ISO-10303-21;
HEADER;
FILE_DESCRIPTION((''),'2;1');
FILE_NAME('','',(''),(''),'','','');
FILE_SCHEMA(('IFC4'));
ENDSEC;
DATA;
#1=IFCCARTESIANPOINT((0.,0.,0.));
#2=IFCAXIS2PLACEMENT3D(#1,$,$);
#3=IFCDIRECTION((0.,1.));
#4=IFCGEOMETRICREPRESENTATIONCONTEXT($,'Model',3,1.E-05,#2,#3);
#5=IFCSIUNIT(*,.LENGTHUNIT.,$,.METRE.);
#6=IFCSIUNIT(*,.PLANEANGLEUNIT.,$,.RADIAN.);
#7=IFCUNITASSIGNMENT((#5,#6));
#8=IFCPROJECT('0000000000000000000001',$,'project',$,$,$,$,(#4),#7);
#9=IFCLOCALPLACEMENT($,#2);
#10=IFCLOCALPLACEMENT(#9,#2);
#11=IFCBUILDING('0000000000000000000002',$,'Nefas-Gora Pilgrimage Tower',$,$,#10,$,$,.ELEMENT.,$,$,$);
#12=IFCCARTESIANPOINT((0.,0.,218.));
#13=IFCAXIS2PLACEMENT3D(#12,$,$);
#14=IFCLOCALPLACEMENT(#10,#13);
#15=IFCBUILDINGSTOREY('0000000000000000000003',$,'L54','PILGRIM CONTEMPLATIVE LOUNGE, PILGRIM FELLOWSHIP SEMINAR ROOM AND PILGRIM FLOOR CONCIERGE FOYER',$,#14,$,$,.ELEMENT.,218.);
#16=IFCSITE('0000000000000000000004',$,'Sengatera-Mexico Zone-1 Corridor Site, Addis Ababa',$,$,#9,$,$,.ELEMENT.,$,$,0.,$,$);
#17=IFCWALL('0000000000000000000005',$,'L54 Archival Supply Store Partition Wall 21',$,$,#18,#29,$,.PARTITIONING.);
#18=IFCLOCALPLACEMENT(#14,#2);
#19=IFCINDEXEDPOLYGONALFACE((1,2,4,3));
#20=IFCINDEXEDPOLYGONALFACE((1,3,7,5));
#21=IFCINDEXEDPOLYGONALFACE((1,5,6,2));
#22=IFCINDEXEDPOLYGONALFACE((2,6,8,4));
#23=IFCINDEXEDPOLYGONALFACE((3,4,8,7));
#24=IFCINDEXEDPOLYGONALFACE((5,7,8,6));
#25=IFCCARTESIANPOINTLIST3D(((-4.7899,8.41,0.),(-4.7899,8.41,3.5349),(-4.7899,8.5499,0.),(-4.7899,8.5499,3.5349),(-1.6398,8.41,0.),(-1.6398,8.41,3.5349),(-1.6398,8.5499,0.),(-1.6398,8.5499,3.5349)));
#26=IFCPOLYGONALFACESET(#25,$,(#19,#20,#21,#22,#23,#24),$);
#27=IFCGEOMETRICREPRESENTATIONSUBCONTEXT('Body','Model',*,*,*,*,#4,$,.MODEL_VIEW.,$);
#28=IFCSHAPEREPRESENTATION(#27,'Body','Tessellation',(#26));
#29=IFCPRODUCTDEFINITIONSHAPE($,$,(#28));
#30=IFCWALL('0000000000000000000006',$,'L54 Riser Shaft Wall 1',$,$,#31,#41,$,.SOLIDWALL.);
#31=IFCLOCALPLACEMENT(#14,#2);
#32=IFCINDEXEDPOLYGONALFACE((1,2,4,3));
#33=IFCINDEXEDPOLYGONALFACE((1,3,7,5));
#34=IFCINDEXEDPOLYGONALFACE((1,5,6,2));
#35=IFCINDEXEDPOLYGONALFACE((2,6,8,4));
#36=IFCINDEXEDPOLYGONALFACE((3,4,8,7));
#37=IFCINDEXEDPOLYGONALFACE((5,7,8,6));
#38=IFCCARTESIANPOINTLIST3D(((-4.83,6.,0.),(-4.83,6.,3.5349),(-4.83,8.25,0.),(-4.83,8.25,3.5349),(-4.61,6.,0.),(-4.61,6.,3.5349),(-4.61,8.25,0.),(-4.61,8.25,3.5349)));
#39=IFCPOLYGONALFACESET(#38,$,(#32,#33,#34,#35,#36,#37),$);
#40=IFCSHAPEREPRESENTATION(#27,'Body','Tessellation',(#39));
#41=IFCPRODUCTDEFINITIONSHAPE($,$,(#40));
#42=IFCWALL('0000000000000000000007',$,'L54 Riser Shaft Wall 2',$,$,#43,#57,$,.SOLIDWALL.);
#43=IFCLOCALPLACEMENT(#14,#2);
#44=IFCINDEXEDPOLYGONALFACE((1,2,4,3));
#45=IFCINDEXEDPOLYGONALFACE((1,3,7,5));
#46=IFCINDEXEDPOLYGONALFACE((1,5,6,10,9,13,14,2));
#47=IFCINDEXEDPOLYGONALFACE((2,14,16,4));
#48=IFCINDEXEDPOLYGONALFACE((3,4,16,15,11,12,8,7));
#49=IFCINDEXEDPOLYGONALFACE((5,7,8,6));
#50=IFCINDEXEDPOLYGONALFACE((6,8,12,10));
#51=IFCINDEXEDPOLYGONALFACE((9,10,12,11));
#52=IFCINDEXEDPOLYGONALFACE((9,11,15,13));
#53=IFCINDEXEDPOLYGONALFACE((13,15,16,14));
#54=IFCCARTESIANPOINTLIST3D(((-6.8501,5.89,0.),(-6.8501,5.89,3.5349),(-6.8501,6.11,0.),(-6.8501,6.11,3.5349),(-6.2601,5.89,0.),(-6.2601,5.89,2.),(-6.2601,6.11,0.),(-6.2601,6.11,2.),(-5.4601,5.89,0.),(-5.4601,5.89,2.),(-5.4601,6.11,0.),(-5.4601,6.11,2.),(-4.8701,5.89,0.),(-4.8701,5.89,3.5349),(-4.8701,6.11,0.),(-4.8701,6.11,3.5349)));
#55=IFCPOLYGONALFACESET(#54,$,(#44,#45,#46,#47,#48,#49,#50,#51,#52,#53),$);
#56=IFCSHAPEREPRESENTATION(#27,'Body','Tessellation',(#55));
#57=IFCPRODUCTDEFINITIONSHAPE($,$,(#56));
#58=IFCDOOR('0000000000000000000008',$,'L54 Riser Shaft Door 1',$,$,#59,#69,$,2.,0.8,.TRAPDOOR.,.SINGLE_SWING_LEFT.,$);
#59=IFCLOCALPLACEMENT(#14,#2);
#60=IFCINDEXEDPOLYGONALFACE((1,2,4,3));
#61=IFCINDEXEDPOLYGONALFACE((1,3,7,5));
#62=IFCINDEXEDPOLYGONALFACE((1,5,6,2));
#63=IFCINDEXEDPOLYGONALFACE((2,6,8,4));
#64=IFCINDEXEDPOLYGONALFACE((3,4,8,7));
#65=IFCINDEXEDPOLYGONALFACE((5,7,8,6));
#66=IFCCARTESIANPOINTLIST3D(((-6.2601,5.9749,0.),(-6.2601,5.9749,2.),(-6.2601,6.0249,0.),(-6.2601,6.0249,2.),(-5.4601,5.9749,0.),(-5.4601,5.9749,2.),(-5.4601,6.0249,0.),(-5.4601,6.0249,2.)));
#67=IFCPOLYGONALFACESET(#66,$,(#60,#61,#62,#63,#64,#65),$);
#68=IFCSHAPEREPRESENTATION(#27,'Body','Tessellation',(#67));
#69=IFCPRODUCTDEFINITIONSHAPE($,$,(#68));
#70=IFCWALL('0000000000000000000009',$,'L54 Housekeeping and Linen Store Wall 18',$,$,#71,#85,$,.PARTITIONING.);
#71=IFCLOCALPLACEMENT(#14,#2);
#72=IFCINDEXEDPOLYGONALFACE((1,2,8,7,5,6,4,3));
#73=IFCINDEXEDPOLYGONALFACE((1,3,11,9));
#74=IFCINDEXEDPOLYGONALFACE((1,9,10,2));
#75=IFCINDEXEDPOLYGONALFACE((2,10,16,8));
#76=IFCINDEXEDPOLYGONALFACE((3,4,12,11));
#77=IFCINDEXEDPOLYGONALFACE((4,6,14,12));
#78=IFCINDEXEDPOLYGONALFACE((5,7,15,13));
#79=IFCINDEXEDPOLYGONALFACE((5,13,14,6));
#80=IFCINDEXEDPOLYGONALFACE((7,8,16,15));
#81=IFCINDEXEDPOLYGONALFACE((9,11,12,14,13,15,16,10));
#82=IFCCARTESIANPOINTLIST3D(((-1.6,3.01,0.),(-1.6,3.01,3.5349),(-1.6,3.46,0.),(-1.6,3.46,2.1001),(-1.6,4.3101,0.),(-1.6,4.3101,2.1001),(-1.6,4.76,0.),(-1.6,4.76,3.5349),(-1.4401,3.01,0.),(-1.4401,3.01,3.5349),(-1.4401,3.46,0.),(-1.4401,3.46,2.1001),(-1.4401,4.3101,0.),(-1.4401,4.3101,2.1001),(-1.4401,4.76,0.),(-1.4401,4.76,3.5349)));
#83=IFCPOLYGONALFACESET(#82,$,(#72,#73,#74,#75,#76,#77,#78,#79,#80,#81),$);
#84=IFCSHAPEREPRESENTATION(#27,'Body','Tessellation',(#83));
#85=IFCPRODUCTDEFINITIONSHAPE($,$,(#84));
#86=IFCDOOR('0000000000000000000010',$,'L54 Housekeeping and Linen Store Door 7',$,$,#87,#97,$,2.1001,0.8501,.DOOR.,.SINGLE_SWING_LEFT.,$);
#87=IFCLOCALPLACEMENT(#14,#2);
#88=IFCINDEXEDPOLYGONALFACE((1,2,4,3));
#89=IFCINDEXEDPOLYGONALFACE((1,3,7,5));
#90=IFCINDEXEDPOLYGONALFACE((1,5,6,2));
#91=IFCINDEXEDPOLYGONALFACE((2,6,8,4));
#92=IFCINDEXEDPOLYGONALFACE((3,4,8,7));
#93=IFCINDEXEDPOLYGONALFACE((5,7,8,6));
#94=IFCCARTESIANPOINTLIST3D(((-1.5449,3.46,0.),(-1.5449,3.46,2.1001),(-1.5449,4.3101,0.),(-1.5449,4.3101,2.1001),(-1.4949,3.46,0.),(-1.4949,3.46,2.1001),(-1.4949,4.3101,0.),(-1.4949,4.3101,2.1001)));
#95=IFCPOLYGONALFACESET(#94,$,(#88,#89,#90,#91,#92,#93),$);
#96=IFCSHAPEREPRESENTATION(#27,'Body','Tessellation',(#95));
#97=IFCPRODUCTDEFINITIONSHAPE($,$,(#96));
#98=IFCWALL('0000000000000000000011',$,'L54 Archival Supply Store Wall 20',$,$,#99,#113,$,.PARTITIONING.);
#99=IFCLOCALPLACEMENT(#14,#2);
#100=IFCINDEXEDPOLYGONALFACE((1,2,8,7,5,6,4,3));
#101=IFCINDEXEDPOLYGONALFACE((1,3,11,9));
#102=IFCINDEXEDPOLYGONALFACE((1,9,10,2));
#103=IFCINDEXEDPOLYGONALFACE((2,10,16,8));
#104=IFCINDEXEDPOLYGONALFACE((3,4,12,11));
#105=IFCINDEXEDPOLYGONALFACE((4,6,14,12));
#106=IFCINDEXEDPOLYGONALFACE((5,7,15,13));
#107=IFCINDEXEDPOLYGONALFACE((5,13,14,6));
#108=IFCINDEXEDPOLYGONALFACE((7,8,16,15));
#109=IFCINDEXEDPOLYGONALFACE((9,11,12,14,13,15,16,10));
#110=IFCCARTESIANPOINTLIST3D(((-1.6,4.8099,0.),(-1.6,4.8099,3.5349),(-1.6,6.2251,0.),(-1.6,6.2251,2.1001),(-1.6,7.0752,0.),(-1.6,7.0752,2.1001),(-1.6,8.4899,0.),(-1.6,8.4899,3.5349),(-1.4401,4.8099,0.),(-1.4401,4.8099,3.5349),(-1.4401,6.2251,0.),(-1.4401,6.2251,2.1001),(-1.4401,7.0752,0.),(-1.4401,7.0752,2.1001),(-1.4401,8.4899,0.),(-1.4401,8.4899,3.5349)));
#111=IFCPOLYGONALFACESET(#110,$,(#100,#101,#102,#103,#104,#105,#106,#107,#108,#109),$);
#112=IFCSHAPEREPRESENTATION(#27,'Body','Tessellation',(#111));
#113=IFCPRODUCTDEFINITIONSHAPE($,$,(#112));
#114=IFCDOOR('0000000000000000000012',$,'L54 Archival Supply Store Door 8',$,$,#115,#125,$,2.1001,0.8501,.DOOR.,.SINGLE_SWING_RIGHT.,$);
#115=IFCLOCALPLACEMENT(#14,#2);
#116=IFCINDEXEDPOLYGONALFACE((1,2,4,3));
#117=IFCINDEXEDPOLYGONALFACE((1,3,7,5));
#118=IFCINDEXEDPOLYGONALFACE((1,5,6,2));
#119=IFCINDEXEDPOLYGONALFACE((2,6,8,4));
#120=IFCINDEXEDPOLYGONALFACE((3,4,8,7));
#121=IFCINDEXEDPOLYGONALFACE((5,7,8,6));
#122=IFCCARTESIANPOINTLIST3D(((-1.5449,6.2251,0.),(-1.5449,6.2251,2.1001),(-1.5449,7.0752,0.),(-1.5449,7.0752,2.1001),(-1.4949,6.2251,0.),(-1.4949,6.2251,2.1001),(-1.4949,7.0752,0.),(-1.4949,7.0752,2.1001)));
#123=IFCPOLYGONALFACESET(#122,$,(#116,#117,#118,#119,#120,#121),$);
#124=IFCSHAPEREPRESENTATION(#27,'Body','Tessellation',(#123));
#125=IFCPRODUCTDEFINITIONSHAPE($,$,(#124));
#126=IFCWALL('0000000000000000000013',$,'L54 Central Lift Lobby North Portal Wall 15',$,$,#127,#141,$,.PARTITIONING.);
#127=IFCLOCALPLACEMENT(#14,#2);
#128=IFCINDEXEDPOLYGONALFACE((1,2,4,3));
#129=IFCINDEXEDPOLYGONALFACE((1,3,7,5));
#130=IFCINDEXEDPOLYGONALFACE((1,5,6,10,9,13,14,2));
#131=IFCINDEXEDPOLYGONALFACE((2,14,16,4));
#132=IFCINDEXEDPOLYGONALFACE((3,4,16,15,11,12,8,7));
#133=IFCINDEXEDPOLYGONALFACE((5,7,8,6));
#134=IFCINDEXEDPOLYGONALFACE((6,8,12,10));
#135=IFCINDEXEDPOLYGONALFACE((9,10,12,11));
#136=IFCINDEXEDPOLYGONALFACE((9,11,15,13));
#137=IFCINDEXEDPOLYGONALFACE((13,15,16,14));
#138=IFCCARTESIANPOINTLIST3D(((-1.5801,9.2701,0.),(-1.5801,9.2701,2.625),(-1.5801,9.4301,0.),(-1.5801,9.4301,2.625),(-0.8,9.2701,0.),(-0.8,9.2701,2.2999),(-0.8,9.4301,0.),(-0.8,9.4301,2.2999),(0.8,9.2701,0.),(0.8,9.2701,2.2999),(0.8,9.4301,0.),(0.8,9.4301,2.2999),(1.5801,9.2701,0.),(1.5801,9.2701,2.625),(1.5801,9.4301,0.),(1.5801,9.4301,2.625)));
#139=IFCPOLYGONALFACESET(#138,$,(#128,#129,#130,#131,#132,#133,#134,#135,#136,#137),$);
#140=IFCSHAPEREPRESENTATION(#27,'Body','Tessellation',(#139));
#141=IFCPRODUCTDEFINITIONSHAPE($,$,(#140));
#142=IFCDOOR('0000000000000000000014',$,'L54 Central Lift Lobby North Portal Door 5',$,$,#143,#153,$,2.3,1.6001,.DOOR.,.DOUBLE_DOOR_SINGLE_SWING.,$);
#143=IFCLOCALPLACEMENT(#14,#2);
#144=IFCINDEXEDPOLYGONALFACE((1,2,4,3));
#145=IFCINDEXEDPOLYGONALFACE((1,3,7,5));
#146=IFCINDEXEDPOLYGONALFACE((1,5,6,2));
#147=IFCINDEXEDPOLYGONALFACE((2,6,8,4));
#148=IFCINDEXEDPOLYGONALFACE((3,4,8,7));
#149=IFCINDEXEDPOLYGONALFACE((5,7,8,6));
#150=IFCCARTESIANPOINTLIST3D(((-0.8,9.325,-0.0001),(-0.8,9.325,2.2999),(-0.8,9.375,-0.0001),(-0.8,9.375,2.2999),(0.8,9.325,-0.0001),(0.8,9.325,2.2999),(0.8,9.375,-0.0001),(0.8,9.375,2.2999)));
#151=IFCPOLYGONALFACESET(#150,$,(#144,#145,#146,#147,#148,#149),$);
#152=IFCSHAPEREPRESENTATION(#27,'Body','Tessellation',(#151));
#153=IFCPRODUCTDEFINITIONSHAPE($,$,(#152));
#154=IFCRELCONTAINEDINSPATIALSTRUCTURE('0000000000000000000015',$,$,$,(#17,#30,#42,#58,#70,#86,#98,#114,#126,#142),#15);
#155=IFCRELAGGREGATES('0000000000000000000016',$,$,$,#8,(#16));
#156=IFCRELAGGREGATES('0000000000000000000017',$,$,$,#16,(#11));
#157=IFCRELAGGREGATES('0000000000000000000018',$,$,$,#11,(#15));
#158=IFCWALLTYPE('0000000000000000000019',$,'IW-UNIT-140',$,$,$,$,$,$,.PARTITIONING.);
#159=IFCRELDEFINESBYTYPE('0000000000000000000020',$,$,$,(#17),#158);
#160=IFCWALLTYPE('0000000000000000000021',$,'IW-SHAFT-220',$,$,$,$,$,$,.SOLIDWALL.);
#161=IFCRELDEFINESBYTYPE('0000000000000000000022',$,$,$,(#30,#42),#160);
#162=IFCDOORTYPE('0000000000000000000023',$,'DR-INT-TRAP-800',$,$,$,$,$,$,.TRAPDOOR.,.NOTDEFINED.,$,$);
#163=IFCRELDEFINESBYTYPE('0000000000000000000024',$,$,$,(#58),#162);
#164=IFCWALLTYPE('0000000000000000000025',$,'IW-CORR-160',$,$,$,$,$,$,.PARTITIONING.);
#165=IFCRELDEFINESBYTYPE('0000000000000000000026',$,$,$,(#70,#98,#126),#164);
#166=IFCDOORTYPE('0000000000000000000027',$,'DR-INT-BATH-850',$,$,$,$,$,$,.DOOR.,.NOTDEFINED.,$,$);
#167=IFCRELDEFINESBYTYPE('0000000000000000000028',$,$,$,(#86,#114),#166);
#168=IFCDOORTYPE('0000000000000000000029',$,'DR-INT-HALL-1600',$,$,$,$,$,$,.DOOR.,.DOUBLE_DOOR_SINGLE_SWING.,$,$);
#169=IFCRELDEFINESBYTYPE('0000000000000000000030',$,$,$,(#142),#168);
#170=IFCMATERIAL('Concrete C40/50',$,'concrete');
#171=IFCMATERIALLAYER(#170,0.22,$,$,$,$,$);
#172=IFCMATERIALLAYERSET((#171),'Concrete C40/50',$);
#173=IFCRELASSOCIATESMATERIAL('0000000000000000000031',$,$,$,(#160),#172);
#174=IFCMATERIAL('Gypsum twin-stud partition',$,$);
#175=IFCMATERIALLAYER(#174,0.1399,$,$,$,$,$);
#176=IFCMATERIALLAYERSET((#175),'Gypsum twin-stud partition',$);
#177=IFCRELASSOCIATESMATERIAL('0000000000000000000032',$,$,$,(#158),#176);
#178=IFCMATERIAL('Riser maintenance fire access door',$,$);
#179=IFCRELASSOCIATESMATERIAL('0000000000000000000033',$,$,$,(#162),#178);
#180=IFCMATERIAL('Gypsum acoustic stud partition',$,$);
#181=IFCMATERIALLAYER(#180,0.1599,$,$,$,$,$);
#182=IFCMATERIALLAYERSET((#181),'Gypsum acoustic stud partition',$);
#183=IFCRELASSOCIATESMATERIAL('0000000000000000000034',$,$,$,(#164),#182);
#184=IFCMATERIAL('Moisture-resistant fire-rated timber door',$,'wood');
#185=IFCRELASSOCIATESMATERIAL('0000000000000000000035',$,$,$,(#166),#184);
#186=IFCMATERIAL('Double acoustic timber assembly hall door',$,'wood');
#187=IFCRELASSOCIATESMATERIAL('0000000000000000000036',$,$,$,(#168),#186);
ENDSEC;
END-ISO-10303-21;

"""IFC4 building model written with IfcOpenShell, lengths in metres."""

from ifc_helpers import new_model, si_unit, direction, frame, frame_2d, origin, place, context, subcontext, project, spatial, rectangle, extrude, source, transform, mapped, material, layer, layer_set, type_object, element, fill, save


model = new_model("IFC4")

# Units and contexts
model_context = context("Model", 3, precision=1e-05, world=origin(), true_north=direction((0.0, 1.0)))
body_context = subcontext(model_context, "Body", "Model", "MODEL_VIEW")
ifc_project = project(units=[si_unit("LENGTHUNIT", "METRE"), si_unit("PLANEANGLEUNIT", "RADIAN")], contexts=[model_context])

# Site, building, storey
site_placement = place(None, origin())
site = spatial("IfcSite", under=ifc_project, at=site_placement, Name="Sengatera-Mexico Zone-1 Corridor Site, Addis Ababa", CompositionType="ELEMENT", RefElevation=0.0)
building_placement = place(site_placement, origin())
building = spatial("IfcBuilding", under=site, at=building_placement, Name="Nefas-Gora Pilgrimage Tower", CompositionType="ELEMENT")
storey_placement = place(building_placement, frame((0.0, 0.0, 218.0)))
storey = spatial("IfcBuildingStorey", under=building, at=storey_placement, Name="L54", Description="PILGRIM CONTEMPLATIVE LOUNGE, PILGRIM FELLOWSHIP SEMINAR ROOM AND PILGRIM FLOOR CONCIERGE FOYER", CompositionType="ELEMENT", Elevation=218.0)

# Shared definitions
ifc_material_1 = material(Name="Concrete C40/50", Category="concrete")

# Shared definitions
ifc_layer_1 = layer(ifc_material_1, 0.22)
ifc_layer_set_1 = layer_set([ifc_layer_1], Name="Concrete C40/50")
wall_type_1 = type_object("IfcWallType", Name="IW-SHAFT-220", PredefinedType="SOLIDWALL", material=ifc_layer_set_1)

# Walls
ifc_material_2 = material(Name="Gypsum twin-stud partition")
ifc_layer_2 = layer(ifc_material_2, 0.1399)
ifc_layer_set_2 = layer_set([ifc_layer_2], Name="Gypsum twin-stud partition")
wall_type_2 = type_object("IfcWallType", Name="IW-UNIT-140", PredefinedType="PARTITIONING", material=ifc_layer_set_2)
shared_shape_1 = source(origin(), body_context, "Body", "SweptSolid", [
    extrude(rectangle(XDim=3.1501, YDim=0.1399, at=frame_2d((1.5752, 0.0))), origin(), (0.0, 0.0, 1.0), 3.5349),
])
wall_1_placement = place(storey_placement, frame((-4.79, 8.48, 0.0), z_axis=(0.0, 0.0, 1.0), x_axis=(1.0, 0.0, 0.0)))
element("IfcWall", 1, at=wall_1_placement, inside=storey, type_object=wall_type_2, Name="L54 Archival Supply Store Partition Wall 21", PredefinedType="PARTITIONING", context=body_context, shape_type="MappedRepresentation", body=[
    mapped(shared_shape_1, transform((0.0, 0.0, 0.0), x_axis=(1.0, 0.0, 0.0), y_axis=(0.0, 1.0, 0.0), z_axis=(0.0, 0.0, 1.0), scale=1.0)),
])
shared_shape_2 = source(origin(), body_context, "Body", "SweptSolid", [
    extrude(rectangle(XDim=2.25, YDim=0.22, at=frame_2d((1.125, 0.0))), origin(), (0.0, 0.0, 1.0), 3.5349),
])
wall_2_placement = place(storey_placement, frame((-4.72, 6.0, 0.0), z_axis=(0.0, 0.0, 1.0), x_axis=(0.0, 1.0, 0.0)))
element("IfcWall", 2, at=wall_2_placement, inside=storey, type_object=wall_type_1, Name="L54 Riser Shaft Wall 1", PredefinedType="SOLIDWALL", context=body_context, shape_type="MappedRepresentation", body=[
    mapped(shared_shape_2, transform((0.0, 0.0, 0.0), x_axis=(1.0, 0.0, 0.0), y_axis=(0.0, 1.0, 0.0), z_axis=(0.0, 0.0, 1.0), scale=1.0)),
])

# Walls, openings, doors
shared_shape_3 = source(origin(), body_context, "Body", "SweptSolid", [
    extrude(rectangle(XDim=1.98, YDim=0.22, at=frame_2d((0.99, 0.0))), origin(), (0.0, 0.0, 1.0), 3.5349),
])
wall_3_placement = place(storey_placement, frame((-6.8501, 6.0, 0.0), z_axis=(0.0, 0.0, 1.0), x_axis=(1.0, 0.0, 0.0)))
wall_3 = element("IfcWall", 3, at=wall_3_placement, inside=storey, type_object=wall_type_1, Name="L54 Riser Shaft Wall 2", PredefinedType="SOLIDWALL", context=body_context, shape_type="MappedRepresentation", body=[
    mapped(shared_shape_3, transform((0.0, 0.0, 0.0), x_axis=(1.0, 0.0, 0.0), y_axis=(0.0, 1.0, 0.0), z_axis=(0.0, 0.0, 1.0), scale=1.0)),
])
opening_1_placement = place(wall_3_placement, frame((0.5901, 0.0, 0.0)))
opening_1 = element("IfcOpeningElement", 4, at=opening_1_placement, cuts=wall_3, PredefinedType="OPENING", context=body_context, shape_type="SweptSolid", body=[
    extrude(rectangle(XDim=0.8, YDim=2.0, at=frame_2d((0.3999, 1.0))), frame((0.0, 0.1199, 0.0), z_axis=(0.0, -1.0, 0.0), x_axis=(1.0, 0.0, 0.0)), (0.0, 0.0, 1.0), 0.24),
])
ifc_material_3 = material(Name="Riser maintenance fire access door")
door_type_1 = type_object("IfcDoorType", Name="DR-INT-TRAP-800", OperationType="NOTDEFINED", PredefinedType="TRAPDOOR", material=ifc_material_3)
shared_shape_4 = source(origin(), body_context, "Body", "SweptSolid", [
    extrude(rectangle(XDim=0.8, YDim=2.0, at=frame_2d((0.3999, 1.0))), frame((0.0, 0.0249, 0.0), z_axis=(0.0, -1.0, 0.0), x_axis=(1.0, 0.0, 0.0)), (0.0, 0.0, 1.0), 0.05),
])
door_1_placement = place(opening_1_placement, origin())
door_1 = element("IfcDoor", 5, at=door_1_placement, inside=storey, type_object=door_type_1, Name="L54 Riser Shaft Door 1", OperationType="SINGLE_SWING_LEFT", OverallHeight=2.0, OverallWidth=0.8, PredefinedType="TRAPDOOR", context=body_context, shape_type="MappedRepresentation", body=[
    mapped(shared_shape_4, transform((0.0, 0.0, 0.0), x_axis=(1.0, 0.0, 0.0), y_axis=(0.0, 1.0, 0.0), z_axis=(0.0, 0.0, 1.0), scale=1.0)),
])
fill(opening_1, door_1)
ifc_material_4 = material(Name="Gypsum acoustic stud partition")
ifc_layer_3 = layer(ifc_material_4, 0.1599)
ifc_layer_set_3 = layer_set([ifc_layer_3], Name="Gypsum acoustic stud partition")
wall_type_3 = type_object("IfcWallType", Name="IW-CORR-160", PredefinedType="PARTITIONING", material=ifc_layer_set_3)
shared_shape_5 = source(origin(), body_context, "Body", "SweptSolid", [
    extrude(rectangle(XDim=1.75, YDim=0.1599, at=frame_2d((0.875, 0.0))), origin(), (0.0, 0.0, 1.0), 3.5349),
])
wall_4_placement = place(storey_placement, frame((-1.52, 3.01, 0.0), z_axis=(0.0, 0.0, 1.0), x_axis=(0.0, 1.0, 0.0)))
wall_4 = element("IfcWall", 6, at=wall_4_placement, inside=storey, type_object=wall_type_3, Name="L54 Housekeeping and Linen Store Wall 18", PredefinedType="PARTITIONING", context=body_context, shape_type="MappedRepresentation", body=[
    mapped(shared_shape_5, transform((0.0, 0.0, 0.0), x_axis=(1.0, 0.0, 0.0), y_axis=(0.0, 1.0, 0.0), z_axis=(0.0, 0.0, 1.0), scale=1.0)),
])
opening_2_placement = place(wall_4_placement, frame((0.45, 0.0, 0.0)))
opening_2 = element("IfcOpeningElement", 7, at=opening_2_placement, cuts=wall_4, PredefinedType="OPENING", context=body_context, shape_type="SweptSolid", body=[
    extrude(rectangle(XDim=0.8501, YDim=2.1001, at=frame_2d((0.425, 1.05))), frame((0.0, 0.0898, 0.0), z_axis=(0.0, -1.0, 0.0), x_axis=(1.0, 0.0, 0.0)), (0.0, 0.0, 1.0), 0.1799),
])
ifc_material_5 = material(Name="Moisture-resistant fire-rated timber door", Category="wood")
door_type_2 = type_object("IfcDoorType", Name="DR-INT-BATH-850", OperationType="NOTDEFINED", PredefinedType="DOOR", material=ifc_material_5)
shared_shape_6 = source(origin(), body_context, "Body", "SweptSolid", [
    extrude(rectangle(XDim=0.8501, YDim=2.1001, at=frame_2d((0.425, 1.05))), frame((0.0, 0.0249, 0.0), z_axis=(0.0, -1.0, 0.0), x_axis=(1.0, 0.0, 0.0)), (0.0, 0.0, 1.0), 0.05),
])
door_2_placement = place(opening_2_placement, origin())
door_2 = element("IfcDoor", 8, at=door_2_placement, inside=storey, type_object=door_type_2, Name="L54 Housekeeping and Linen Store Door 7", OperationType="SINGLE_SWING_LEFT", OverallHeight=2.1001, OverallWidth=0.8501, PredefinedType="DOOR", context=body_context, shape_type="MappedRepresentation", body=[
    mapped(shared_shape_6, transform((0.0, 0.0, 0.0), x_axis=(1.0, 0.0, 0.0), y_axis=(0.0, 1.0, 0.0), z_axis=(0.0, 0.0, 1.0), scale=1.0)),
])
fill(opening_2, door_2)
shared_shape_7 = source(origin(), body_context, "Body", "SweptSolid", [
    extrude(rectangle(XDim=3.6799, YDim=0.1599, at=frame_2d((1.8398, 0.0))), origin(), (0.0, 0.0, 1.0), 3.5349),
])
wall_5_placement = place(storey_placement, frame((-1.52, 4.8101, 0.0), z_axis=(0.0, 0.0, 1.0), x_axis=(0.0, 1.0, 0.0)))
wall_5 = element("IfcWall", 9, at=wall_5_placement, inside=storey, type_object=wall_type_3, Name="L54 Archival Supply Store Wall 20", PredefinedType="PARTITIONING", context=body_context, shape_type="MappedRepresentation", body=[
    mapped(shared_shape_7, transform((0.0, 0.0, 0.0), x_axis=(1.0, 0.0, 0.0), y_axis=(0.0, 1.0, 0.0), z_axis=(0.0, 0.0, 1.0), scale=1.0)),
])
opening_3_placement = place(wall_5_placement, frame((1.415, 0.0, 0.0)))
opening_3 = element("IfcOpeningElement", 10, at=opening_3_placement, cuts=wall_5, PredefinedType="OPENING", context=body_context, shape_type="SweptSolid", body=[
    extrude(rectangle(XDim=0.8501, YDim=2.1001, at=frame_2d((0.425, 1.05))), frame((0.0, 0.0898, 0.0), z_axis=(0.0, -1.0, 0.0), x_axis=(1.0, 0.0, 0.0)), (0.0, 0.0, 1.0), 0.1799),
])
door_3_placement = place(opening_3_placement, origin())
door_3 = element("IfcDoor", 11, at=door_3_placement, inside=storey, type_object=door_type_2, Name="L54 Archival Supply Store Door 8", OperationType="SINGLE_SWING_RIGHT", OverallHeight=2.1001, OverallWidth=0.8501, PredefinedType="DOOR", context=body_context, shape_type="MappedRepresentation", body=[
    mapped(shared_shape_6, transform((0.0, 0.0, 0.0), x_axis=(1.0, 0.0, 0.0), y_axis=(0.0, 1.0, 0.0), z_axis=(0.0, 0.0, 1.0), scale=1.0)),
])
fill(opening_3, door_3)
shared_shape_8 = source(origin(), body_context, "Body", "SweptSolid", [
    extrude(rectangle(XDim=3.1602, YDim=0.1599, at=frame_2d((1.5801, 0.0))), origin(), (0.0, 0.0, 1.0), 2.625),
])
wall_6_placement = place(storey_placement, frame((-1.5801, 9.3501, 0.0), z_axis=(0.0, 0.0, 1.0), x_axis=(1.0, 0.0, 0.0)))
wall_6 = element("IfcWall", 12, at=wall_6_placement, inside=storey, type_object=wall_type_3, Name="L54 Central Lift Lobby North Portal Wall 15", PredefinedType="PARTITIONING", context=body_context, shape_type="MappedRepresentation", body=[
    mapped(shared_shape_8, transform((0.0, 0.0, 0.0), x_axis=(1.0, 0.0, 0.0), y_axis=(0.0, 1.0, 0.0), z_axis=(0.0, 0.0, 1.0), scale=1.0)),
])
opening_4_placement = place(wall_6_placement, frame((0.78, 0.0, 0.0)))
opening_4 = element("IfcOpeningElement", 13, at=opening_4_placement, cuts=wall_6, PredefinedType="OPENING", context=body_context, shape_type="SweptSolid", body=[
    extrude(rectangle(XDim=1.6001, YDim=2.3, at=frame_2d((0.8, 1.1499))), frame((0.0, 0.0898, 0.0), z_axis=(0.0, -1.0, 0.0), x_axis=(1.0, 0.0, 0.0)), (0.0, 0.0, 1.0), 0.1799),
])
ifc_material_6 = material(Name="Double acoustic timber assembly hall door", Category="wood")
door_type_3 = type_object("IfcDoorType", Name="DR-INT-HALL-1600", OperationType="DOUBLE_DOOR_SINGLE_SWING", PredefinedType="DOOR", material=ifc_material_6)
shared_shape_9 = source(origin(), body_context, "Body", "SweptSolid", [
    extrude(rectangle(XDim=1.6001, YDim=2.3, at=frame_2d((0.8, 1.1499))), frame((0.0, 0.0249, 0.0), z_axis=(0.0, -1.0, 0.0), x_axis=(1.0, 0.0, 0.0)), (0.0, 0.0, 1.0), 0.05),
])
door_4_placement = place(opening_4_placement, origin())
door_4 = element("IfcDoor", 14, at=door_4_placement, inside=storey, type_object=door_type_3, Name="L54 Central Lift Lobby North Portal Door 5", OperationType="DOUBLE_DOOR_SINGLE_SWING", OverallHeight=2.3, OverallWidth=1.6001, PredefinedType="DOOR", context=body_context, shape_type="MappedRepresentation", body=[
    mapped(shared_shape_9, transform((0.0, 0.0, 0.0), x_axis=(1.0, 0.0, 0.0), y_axis=(0.0, 1.0, 0.0), z_axis=(0.0, 0.0, 1.0), scale=1.0)),
])
fill(opening_4, door_4)

save(model, "model.ifc")
